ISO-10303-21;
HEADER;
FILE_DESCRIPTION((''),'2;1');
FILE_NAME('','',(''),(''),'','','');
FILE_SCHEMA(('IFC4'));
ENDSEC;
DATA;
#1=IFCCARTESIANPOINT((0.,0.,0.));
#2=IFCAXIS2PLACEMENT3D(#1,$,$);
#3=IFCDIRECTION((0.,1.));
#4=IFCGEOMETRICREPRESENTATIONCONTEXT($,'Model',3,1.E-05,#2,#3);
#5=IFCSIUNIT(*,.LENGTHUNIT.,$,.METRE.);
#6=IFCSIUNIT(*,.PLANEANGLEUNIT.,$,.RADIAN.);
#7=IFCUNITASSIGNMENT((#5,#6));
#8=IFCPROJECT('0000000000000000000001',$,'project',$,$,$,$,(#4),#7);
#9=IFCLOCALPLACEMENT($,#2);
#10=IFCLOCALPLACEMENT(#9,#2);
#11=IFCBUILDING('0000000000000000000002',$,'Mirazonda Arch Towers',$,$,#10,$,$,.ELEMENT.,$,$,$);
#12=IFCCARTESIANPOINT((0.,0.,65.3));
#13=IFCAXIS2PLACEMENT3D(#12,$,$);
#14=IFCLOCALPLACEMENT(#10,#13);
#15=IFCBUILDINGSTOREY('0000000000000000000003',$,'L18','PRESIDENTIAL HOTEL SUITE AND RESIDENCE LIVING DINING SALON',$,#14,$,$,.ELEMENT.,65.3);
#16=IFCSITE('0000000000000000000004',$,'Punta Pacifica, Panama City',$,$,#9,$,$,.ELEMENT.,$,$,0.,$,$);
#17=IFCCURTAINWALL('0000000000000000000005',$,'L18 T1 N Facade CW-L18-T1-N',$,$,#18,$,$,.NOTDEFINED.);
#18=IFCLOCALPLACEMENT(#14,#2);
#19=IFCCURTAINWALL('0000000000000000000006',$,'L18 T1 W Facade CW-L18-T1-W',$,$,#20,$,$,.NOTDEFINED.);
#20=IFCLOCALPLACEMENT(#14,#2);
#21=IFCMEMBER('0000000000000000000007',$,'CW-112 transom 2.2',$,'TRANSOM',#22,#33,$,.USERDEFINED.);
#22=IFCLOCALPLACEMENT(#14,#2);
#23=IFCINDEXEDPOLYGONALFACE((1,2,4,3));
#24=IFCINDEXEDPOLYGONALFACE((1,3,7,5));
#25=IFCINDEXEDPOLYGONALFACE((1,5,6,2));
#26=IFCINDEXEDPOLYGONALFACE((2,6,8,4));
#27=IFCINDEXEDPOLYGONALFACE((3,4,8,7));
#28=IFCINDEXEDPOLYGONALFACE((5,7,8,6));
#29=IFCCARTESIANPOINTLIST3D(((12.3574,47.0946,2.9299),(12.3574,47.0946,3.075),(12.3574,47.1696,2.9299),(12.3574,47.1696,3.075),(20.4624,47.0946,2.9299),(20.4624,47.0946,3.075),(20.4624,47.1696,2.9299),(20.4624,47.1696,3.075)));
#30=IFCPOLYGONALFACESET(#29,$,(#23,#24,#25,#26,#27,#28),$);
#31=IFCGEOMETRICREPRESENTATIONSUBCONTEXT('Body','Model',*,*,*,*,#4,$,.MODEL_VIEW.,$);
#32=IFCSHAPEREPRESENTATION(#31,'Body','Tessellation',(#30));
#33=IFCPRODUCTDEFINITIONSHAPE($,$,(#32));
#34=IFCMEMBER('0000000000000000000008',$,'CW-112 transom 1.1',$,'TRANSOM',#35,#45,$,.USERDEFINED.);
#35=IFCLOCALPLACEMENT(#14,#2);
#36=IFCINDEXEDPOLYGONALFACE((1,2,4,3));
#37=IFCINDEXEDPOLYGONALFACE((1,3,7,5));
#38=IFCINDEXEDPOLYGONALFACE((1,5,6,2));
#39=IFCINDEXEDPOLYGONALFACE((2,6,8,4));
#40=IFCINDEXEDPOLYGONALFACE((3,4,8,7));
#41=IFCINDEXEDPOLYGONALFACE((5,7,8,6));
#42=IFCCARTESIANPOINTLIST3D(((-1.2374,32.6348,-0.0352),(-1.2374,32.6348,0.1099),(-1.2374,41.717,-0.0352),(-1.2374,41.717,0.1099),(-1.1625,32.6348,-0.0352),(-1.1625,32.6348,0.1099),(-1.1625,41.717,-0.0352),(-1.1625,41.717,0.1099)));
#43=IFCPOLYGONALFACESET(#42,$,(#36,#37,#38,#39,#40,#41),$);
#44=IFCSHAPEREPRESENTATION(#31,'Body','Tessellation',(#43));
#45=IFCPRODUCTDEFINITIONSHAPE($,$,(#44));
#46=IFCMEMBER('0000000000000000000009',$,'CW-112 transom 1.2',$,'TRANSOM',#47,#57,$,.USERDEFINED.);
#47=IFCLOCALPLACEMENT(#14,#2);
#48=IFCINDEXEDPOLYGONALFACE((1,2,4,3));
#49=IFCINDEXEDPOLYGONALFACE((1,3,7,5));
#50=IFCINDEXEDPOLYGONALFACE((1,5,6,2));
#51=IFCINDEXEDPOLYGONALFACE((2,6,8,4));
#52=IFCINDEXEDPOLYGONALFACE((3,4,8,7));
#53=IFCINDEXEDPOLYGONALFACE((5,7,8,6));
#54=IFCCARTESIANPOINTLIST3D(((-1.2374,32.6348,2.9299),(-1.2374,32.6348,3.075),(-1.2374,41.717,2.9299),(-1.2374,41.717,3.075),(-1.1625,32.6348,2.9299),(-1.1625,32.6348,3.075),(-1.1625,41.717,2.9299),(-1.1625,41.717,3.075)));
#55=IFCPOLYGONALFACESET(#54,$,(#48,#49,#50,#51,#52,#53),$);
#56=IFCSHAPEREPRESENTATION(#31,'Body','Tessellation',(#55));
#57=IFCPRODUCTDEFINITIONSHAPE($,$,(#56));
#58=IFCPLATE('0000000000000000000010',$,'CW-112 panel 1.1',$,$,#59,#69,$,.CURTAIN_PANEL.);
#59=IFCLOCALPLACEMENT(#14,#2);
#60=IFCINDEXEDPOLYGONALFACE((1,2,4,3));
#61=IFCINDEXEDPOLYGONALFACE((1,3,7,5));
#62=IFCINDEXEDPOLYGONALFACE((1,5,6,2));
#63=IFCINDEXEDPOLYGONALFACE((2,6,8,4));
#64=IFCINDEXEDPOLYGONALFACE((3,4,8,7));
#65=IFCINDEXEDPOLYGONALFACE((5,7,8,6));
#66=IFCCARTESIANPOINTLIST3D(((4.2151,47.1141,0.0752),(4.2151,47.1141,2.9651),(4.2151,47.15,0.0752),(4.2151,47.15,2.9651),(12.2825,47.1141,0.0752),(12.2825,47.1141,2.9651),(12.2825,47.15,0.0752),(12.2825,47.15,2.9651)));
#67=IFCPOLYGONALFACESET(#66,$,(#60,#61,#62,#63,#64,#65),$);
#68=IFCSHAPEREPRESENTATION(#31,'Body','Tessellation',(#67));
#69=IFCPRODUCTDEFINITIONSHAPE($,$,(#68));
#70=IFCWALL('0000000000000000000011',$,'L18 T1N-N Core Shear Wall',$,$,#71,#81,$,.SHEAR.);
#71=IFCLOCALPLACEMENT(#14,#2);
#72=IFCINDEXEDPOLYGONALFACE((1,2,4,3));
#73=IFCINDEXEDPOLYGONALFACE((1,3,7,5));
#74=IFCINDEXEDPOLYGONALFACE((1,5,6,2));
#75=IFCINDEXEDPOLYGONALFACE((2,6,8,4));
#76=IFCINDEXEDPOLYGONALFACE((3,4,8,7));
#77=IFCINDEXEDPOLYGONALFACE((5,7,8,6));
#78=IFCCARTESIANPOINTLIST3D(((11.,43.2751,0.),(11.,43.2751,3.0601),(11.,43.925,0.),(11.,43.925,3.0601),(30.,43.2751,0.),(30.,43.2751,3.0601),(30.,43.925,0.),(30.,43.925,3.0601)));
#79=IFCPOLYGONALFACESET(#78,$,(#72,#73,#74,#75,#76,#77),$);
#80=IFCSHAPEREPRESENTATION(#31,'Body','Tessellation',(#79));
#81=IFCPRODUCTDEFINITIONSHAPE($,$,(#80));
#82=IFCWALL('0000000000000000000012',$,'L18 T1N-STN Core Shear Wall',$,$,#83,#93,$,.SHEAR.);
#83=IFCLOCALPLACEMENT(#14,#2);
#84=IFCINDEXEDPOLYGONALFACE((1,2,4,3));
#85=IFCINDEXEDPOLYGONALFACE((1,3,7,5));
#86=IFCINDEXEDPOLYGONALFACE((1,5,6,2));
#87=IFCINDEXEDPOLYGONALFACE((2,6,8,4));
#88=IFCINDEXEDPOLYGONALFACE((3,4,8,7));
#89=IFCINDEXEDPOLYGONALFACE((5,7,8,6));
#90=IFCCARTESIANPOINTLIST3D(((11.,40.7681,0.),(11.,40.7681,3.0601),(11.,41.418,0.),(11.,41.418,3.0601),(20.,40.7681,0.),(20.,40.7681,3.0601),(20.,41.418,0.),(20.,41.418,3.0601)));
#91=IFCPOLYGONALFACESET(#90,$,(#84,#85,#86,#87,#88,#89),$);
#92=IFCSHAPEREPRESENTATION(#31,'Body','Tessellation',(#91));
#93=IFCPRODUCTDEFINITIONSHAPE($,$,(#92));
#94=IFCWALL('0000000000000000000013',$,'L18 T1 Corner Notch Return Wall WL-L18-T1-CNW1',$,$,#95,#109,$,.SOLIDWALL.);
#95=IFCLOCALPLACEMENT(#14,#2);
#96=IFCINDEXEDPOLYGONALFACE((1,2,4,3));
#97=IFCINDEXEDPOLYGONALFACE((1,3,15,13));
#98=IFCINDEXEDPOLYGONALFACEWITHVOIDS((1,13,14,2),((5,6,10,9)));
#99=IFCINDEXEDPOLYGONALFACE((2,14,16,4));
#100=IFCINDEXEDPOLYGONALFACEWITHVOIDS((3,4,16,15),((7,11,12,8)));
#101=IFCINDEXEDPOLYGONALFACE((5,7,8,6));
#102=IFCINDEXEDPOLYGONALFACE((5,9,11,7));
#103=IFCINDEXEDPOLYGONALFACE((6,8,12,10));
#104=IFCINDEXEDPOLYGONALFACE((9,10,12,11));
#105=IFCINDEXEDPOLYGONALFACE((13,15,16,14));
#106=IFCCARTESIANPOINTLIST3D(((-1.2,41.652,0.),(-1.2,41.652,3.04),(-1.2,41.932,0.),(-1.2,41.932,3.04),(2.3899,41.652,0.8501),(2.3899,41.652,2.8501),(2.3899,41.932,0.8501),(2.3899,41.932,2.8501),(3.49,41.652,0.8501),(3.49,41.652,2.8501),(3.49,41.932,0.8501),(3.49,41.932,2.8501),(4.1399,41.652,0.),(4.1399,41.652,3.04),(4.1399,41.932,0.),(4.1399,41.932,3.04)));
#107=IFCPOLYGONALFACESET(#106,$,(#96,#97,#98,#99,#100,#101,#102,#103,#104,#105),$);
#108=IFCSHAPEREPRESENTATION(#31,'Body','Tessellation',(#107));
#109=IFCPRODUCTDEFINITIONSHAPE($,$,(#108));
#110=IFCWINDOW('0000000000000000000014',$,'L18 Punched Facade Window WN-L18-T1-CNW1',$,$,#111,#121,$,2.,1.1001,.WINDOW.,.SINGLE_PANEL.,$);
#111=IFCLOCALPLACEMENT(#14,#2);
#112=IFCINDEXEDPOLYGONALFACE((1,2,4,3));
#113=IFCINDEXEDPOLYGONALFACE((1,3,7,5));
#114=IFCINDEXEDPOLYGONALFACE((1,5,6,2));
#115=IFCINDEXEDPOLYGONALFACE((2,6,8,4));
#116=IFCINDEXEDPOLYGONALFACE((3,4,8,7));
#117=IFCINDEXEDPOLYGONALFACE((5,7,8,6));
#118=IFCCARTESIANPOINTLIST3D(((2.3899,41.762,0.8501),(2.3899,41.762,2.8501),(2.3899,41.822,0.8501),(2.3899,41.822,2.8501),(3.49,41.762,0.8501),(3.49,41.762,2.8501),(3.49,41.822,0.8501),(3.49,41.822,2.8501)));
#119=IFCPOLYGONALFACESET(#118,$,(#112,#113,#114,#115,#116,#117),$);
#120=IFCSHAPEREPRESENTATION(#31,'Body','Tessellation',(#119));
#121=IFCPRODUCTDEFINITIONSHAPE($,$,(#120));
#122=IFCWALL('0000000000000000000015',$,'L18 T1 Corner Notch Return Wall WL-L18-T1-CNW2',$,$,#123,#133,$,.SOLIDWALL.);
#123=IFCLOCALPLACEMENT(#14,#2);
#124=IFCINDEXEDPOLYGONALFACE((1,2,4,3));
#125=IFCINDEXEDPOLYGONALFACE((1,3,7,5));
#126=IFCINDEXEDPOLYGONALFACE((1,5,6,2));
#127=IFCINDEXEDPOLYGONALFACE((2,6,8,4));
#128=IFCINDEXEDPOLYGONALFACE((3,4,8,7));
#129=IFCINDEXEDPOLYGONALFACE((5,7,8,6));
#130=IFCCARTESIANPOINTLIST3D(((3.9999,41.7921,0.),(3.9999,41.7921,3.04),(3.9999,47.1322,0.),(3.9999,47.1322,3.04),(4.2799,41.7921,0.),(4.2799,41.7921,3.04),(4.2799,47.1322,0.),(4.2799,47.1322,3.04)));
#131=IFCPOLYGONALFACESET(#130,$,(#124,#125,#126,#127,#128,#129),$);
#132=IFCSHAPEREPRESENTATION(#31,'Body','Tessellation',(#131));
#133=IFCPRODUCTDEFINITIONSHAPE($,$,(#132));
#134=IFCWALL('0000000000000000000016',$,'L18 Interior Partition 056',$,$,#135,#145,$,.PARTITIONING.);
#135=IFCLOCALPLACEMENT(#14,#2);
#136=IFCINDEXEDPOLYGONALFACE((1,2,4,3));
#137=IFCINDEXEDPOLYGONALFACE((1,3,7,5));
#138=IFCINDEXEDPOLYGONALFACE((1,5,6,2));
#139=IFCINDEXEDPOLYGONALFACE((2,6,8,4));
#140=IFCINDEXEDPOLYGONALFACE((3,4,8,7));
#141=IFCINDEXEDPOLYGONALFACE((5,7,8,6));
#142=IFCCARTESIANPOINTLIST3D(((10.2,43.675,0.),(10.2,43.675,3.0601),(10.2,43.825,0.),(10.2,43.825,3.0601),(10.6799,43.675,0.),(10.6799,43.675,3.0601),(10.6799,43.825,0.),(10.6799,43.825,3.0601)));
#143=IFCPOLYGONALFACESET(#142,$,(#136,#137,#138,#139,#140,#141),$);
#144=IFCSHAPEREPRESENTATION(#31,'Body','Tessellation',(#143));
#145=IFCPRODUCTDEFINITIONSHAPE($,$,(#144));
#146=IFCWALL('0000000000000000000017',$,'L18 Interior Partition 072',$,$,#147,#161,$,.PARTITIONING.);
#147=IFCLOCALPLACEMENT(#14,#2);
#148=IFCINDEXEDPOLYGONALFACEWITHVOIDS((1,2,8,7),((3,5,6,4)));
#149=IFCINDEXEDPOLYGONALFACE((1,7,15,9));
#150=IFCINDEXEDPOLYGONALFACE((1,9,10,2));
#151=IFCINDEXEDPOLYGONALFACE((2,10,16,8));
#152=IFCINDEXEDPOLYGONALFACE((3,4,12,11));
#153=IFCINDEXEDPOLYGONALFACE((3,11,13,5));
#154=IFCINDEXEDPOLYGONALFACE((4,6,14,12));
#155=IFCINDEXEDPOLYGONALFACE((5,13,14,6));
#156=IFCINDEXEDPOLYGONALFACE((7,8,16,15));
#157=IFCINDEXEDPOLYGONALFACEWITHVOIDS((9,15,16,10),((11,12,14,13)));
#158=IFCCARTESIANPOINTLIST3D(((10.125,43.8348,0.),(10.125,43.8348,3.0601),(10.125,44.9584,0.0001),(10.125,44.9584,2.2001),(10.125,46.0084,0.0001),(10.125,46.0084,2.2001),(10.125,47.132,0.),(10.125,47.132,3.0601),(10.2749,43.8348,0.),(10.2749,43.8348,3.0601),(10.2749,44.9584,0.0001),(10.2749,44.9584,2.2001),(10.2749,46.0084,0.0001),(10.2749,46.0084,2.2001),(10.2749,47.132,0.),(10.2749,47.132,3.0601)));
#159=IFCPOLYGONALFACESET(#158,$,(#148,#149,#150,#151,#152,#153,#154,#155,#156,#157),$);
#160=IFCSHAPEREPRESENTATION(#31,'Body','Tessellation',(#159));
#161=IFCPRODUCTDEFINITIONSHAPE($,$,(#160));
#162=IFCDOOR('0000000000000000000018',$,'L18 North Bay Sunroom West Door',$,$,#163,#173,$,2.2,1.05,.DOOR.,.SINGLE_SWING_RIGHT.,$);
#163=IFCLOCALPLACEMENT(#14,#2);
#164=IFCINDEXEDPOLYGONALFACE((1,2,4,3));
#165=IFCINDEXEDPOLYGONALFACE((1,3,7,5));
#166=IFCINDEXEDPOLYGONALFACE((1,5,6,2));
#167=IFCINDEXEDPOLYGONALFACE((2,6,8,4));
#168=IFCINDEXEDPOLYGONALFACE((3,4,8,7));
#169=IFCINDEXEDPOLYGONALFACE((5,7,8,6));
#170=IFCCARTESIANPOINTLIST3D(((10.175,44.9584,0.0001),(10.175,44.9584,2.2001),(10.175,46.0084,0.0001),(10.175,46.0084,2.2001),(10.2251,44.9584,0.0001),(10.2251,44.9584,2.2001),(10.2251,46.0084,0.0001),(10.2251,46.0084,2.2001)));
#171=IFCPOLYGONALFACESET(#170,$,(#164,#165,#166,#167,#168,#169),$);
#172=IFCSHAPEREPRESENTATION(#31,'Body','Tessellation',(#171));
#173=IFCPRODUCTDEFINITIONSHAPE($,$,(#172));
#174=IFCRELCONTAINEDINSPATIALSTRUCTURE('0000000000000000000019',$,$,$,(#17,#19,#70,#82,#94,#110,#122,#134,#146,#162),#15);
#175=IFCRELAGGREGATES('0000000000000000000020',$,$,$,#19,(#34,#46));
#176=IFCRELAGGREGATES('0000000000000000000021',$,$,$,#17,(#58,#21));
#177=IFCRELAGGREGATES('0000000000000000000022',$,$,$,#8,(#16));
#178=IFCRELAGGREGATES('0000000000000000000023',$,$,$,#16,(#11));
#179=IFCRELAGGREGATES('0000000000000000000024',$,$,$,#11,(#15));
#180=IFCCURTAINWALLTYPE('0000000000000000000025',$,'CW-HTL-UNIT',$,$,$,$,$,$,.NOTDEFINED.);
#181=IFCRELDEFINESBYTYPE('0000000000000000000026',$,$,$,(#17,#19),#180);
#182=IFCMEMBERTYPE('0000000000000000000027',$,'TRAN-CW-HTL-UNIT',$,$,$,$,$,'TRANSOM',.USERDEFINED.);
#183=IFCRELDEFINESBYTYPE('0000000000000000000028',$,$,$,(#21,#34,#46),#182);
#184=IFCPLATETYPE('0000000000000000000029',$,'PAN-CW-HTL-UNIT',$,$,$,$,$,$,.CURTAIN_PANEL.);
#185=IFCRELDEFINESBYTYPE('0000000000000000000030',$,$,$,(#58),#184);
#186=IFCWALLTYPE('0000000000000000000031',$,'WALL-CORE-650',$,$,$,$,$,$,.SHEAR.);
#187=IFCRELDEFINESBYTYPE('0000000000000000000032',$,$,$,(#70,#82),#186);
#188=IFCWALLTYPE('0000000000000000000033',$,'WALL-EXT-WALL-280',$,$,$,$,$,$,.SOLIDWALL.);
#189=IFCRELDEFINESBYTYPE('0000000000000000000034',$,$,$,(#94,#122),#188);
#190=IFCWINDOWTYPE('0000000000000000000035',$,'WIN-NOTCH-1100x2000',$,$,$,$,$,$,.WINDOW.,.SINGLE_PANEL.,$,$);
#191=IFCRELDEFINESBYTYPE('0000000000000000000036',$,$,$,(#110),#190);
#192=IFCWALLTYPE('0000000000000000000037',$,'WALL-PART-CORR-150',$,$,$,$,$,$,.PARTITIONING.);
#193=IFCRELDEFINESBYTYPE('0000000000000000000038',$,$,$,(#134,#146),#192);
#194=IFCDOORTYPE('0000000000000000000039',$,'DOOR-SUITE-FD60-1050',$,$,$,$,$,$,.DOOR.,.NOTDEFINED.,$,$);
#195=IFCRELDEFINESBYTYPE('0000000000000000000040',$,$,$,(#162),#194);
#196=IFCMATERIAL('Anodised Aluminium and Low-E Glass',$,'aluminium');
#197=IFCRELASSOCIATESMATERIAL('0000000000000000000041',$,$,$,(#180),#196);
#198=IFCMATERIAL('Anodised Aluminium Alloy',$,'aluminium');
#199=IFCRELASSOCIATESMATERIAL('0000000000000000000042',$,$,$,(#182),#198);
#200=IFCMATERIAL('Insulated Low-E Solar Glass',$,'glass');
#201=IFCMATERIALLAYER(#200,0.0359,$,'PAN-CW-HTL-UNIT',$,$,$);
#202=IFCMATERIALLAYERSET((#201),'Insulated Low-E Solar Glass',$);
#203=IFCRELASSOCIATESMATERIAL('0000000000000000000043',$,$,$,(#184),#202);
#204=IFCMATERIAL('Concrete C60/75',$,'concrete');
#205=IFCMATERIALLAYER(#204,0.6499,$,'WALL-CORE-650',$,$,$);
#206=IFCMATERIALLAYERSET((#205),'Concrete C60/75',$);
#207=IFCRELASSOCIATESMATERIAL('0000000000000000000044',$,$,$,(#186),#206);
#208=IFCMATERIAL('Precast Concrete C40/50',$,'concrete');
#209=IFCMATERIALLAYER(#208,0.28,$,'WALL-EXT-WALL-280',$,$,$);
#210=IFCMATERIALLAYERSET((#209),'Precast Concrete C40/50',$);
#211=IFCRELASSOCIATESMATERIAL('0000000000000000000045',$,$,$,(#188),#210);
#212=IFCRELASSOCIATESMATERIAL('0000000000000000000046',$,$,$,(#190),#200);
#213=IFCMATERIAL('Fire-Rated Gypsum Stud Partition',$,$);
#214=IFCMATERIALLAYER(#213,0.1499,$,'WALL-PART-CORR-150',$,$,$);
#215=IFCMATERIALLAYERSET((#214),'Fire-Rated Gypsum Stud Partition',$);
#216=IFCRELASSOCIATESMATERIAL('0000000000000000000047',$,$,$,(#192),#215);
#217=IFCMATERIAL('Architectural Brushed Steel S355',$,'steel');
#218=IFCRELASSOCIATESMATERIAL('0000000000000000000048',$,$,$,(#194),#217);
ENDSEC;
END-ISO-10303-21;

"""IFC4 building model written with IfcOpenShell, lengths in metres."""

from ifc_helpers import new_model, si_unit, direction, frame, frame_2d, origin, origin_2d, place, context, subcontext, project, spatial, rectangle, extrude, material, layer, layer_set, material_profile, profile_set, type_object, element, fill, aggregate, save


model = new_model("IFC4")

# Units and contexts
model_context = context("Model", 3, precision=1e-05, world=origin(), true_north=direction((0.0, 1.0)))
body_context = subcontext(model_context, "Body", "Model", "MODEL_VIEW")
ifc_project = project(units=[si_unit("LENGTHUNIT", "METRE"), si_unit("PLANEANGLEUNIT", "RADIAN")], contexts=[model_context])

# Site, building, storey
site_placement = place(None, origin())
site = spatial("IfcSite", under=ifc_project, at=site_placement, Name="Punta Pacifica, Panama City", CompositionType="ELEMENT", RefElevation=0.0)
building_placement = place(site_placement, origin())
building = spatial("IfcBuilding", under=site, at=building_placement, Name="Mirazonda Arch Towers", CompositionType="ELEMENT")
storey_placement = place(building_placement, frame((0.0, 0.0, 65.3)))
storey = spatial("IfcBuildingStorey", under=building, at=storey_placement, Name="L18", Description="PRESIDENTIAL HOTEL SUITE AND RESIDENCE LIVING DINING SALON", CompositionType="ELEMENT", Elevation=65.3)

# Shared definitions
ifc_material_1 = material(Name="Concrete C60/75", Category="concrete")

# Curtain wall
ifc_material_2 = material(Name="Anodised Aluminium and Low-E Glass", Category="aluminium")
curtain_wall_type = type_object("IfcCurtainWallType", Name="CW-HTL-UNIT", PredefinedType="NOTDEFINED", material=ifc_material_2)
curtain_wall_1_placement = place(storey_placement, origin())
curtain_wall_1 = element("IfcCurtainWall", 1, at=curtain_wall_1_placement, inside=storey, type_object=curtain_wall_type, Name="L18 T1 N Facade CW-L18-T1-N", PredefinedType="NOTDEFINED")
ifc_material_3 = material(Name="Anodised Aluminium Alloy", Category="aluminium")

# Curtain wall
curtain_wall_2_placement = place(storey_placement, origin())
curtain_wall_2 = element("IfcCurtainWall", 2, at=curtain_wall_2_placement, inside=storey, type_object=curtain_wall_type, Name="L18 T1 W Facade CW-L18-T1-W", PredefinedType="NOTDEFINED")

# Members
ifc_material_profile_1 = material_profile(ifc_material_3, rectangle(XDim=0.075, YDim=0.145, at=origin_2d()), Name="ALU-TRAN-75x145")
ifc_profile_set_1 = profile_set([ifc_material_profile_1], Name="Anodised Aluminium Alloy")
member_type_1 = type_object("IfcMemberType", Name="TRAN-CW-HTL-UNIT", ElementType="TRANSOM", PredefinedType="USERDEFINED", material=ifc_profile_set_1)
member_1_placement = place(storey_placement, frame((12.3574, 47.1321, 3.0024), z_axis=(1.0, 0.0, 0.0), x_axis=(0.0, 1.0, 0.0)))
member_1 = element("IfcMember", 3, at=member_1_placement, type_object=member_type_1, Name="CW-112 transom 2.2", ObjectType="TRANSOM", PredefinedType="USERDEFINED", context=body_context, shape_type="SweptSolid", body=[
    extrude(rectangle(XDim=0.075, YDim=0.145, at=origin_2d()), origin(), (0.0, 0.0, 1.0), 8.105),
])
member_2_placement = place(storey_placement, frame((-1.2, 41.717, 0.0374), z_axis=(0.0, -1.0, 0.0), x_axis=(1.0, 0.0, 0.0)))
member_2 = element("IfcMember", 4, at=member_2_placement, type_object=member_type_1, Name="CW-112 transom 1.1", ObjectType="TRANSOM", PredefinedType="USERDEFINED", context=body_context, shape_type="SweptSolid", body=[
    extrude(rectangle(XDim=0.075, YDim=0.145, at=origin_2d()), origin(), (0.0, 0.0, 1.0), 9.0823),
])
member_3_placement = place(storey_placement, frame((-1.2, 41.717, 3.0024), z_axis=(0.0, -1.0, 0.0), x_axis=(1.0, 0.0, 0.0)))
member_3 = element("IfcMember", 5, at=member_3_placement, type_object=member_type_1, Name="CW-112 transom 1.2", ObjectType="TRANSOM", PredefinedType="USERDEFINED", context=body_context, shape_type="SweptSolid", body=[
    extrude(rectangle(XDim=0.075, YDim=0.145, at=origin_2d()), origin(), (0.0, 0.0, 1.0), 9.0823),
])
aggregate(curtain_wall_2, [member_2, member_3])

# Plate
ifc_material_4 = material(Name="Insulated Low-E Solar Glass", Category="glass")
ifc_layer_1 = layer(ifc_material_4, 0.0359, Name="PAN-CW-HTL-UNIT")
ifc_layer_set_1 = layer_set([ifc_layer_1], Name="Insulated Low-E Solar Glass")
plate_type = type_object("IfcPlateType", Name="PAN-CW-HTL-UNIT", PredefinedType="CURTAIN_PANEL", material=ifc_layer_set_1)
plate_placement = place(storey_placement, frame((8.2488, 47.1321, 0.0752), z_axis=(0.0, 0.0, 1.0), x_axis=(1.0, 0.0, 0.0)))
plate = element("IfcPlate", 6, at=plate_placement, type_object=plate_type, Name="CW-112 panel 1.1", PredefinedType="CURTAIN_PANEL", context=body_context, shape_type="SweptSolid", body=[
    extrude(rectangle(XDim=8.0674, YDim=0.0359, at=origin_2d()), origin(), (0.0, 0.0, 1.0), 2.8899),
])
aggregate(curtain_wall_1, [plate, member_1])

# Walls
ifc_layer_2 = layer(ifc_material_1, 0.6499, Name="WALL-CORE-650")
ifc_layer_set_2 = layer_set([ifc_layer_2], Name="Concrete C60/75")
wall_type_1 = type_object("IfcWallType", Name="WALL-CORE-650", PredefinedType="SHEAR", material=ifc_layer_set_2)
wall_1_placement = place(storey_placement, frame((11.0, 43.6001, 0.0), z_axis=(0.0, 0.0, 1.0), x_axis=(1.0, 0.0, 0.0)))
element("IfcWall", 7, at=wall_1_placement, inside=storey, type_object=wall_type_1, Name="L18 T1N-N Core Shear Wall", PredefinedType="SHEAR", context=body_context, shape_type="SweptSolid", body=[
    extrude(rectangle(XDim=19.0, YDim=0.6499, at=frame_2d((9.5, 0.0))), origin(), (0.0, 0.0, 1.0), 3.0601),
])
wall_2_placement = place(storey_placement, frame((11.0, 41.093, 0.0), z_axis=(0.0, 0.0, 1.0), x_axis=(1.0, 0.0, 0.0)))
element("IfcWall", 8, at=wall_2_placement, inside=storey, type_object=wall_type_1, Name="L18 T1N-STN Core Shear Wall", PredefinedType="SHEAR", context=body_context, shape_type="SweptSolid", body=[
    extrude(rectangle(XDim=9.0, YDim=0.6499, at=frame_2d((4.5, 0.0))), origin(), (0.0, 0.0, 1.0), 3.0601),
])

# Wall, opening, window
ifc_material_5 = material(Name="Precast Concrete C40/50", Category="concrete")
ifc_layer_3 = layer(ifc_material_5, 0.28, Name="WALL-EXT-WALL-280")
ifc_layer_set_3 = layer_set([ifc_layer_3], Name="Precast Concrete C40/50")
wall_type_2 = type_object("IfcWallType", Name="WALL-EXT-WALL-280", PredefinedType="SOLIDWALL", material=ifc_layer_set_3)
wall_3_placement = place(storey_placement, frame((4.1399, 41.792, 0.0), z_axis=(0.0, 0.0, 1.0), x_axis=(-1.0, 0.0, 0.0)))
wall_3 = element("IfcWall", 9, at=wall_3_placement, inside=storey, type_object=wall_type_2, Name="L18 T1 Corner Notch Return Wall WL-L18-T1-CNW1", PredefinedType="SOLIDWALL", context=body_context, shape_type="SweptSolid", body=[
    extrude(rectangle(XDim=5.3398, YDim=0.28, at=frame_2d((2.6699, 0.0))), origin(), (0.0, 0.0, 1.0), 3.04),
])
opening_1_placement = place(wall_3_placement, frame((0.6499, 0.0, 0.8501)))
opening_1 = element("IfcOpeningElement", 10, at=opening_1_placement, cuts=wall_3, PredefinedType="OPENING", context=body_context, shape_type="SweptSolid", body=[
    extrude(rectangle(XDim=1.1001, YDim=2.0, at=frame_2d((0.55, 1.0))), frame((0.0, 0.1499, 0.0), z_axis=(0.0, -1.0, 0.0), x_axis=(1.0, 0.0, 0.0)), (0.0, 0.0, 1.0), 0.3),
])
window_type = type_object("IfcWindowType", Name="WIN-NOTCH-1100x2000", PartitioningType="SINGLE_PANEL", PredefinedType="WINDOW", material=ifc_material_4)
window_placement = place(opening_1_placement, origin())
window = element("IfcWindow", 11, at=window_placement, inside=storey, type_object=window_type, Name="L18 Punched Facade Window WN-L18-T1-CNW1", OverallHeight=2.0, OverallWidth=1.1001, PartitioningType="SINGLE_PANEL", PredefinedType="WINDOW", context=body_context, shape_type="SweptSolid", body=[
    extrude(rectangle(XDim=1.1001, YDim=2.0, at=frame_2d((0.55, 1.0))), frame((0.0, 0.03, 0.0), z_axis=(0.0, -1.0, 0.0), x_axis=(1.0, 0.0, 0.0)), (0.0, 0.0, 1.0), 0.0601),
])
fill(opening_1, window)

# Walls
wall_4_placement = place(storey_placement, frame((4.1399, 47.1321, 0.0), z_axis=(0.0, 0.0, 1.0), x_axis=(0.0, -1.0, 0.0)))
element("IfcWall", 12, at=wall_4_placement, inside=storey, type_object=wall_type_2, Name="L18 T1 Corner Notch Return Wall WL-L18-T1-CNW2", PredefinedType="SOLIDWALL", context=body_context, shape_type="SweptSolid", body=[
    extrude(rectangle(XDim=5.3401, YDim=0.28, at=frame_2d((2.6699, 0.0))), origin(), (0.0, 0.0, 1.0), 3.04),
])
ifc_material_6 = material(Name="Fire-Rated Gypsum Stud Partition")
ifc_layer_4 = layer(ifc_material_6, 0.1499, Name="WALL-PART-CORR-150")
ifc_layer_set_4 = layer_set([ifc_layer_4], Name="Fire-Rated Gypsum Stud Partition")
wall_type_3 = type_object("IfcWallType", Name="WALL-PART-CORR-150", PredefinedType="PARTITIONING", material=ifc_layer_set_4)
wall_5_placement = place(storey_placement, frame((10.2, 43.75, 0.0), z_axis=(0.0, 0.0, 1.0), x_axis=(1.0, 0.0, 0.0)))
element("IfcWall", 13, at=wall_5_placement, inside=storey, type_object=wall_type_3, Name="L18 Interior Partition 056", PredefinedType="PARTITIONING", context=body_context, shape_type="SweptSolid", body=[
    extrude(rectangle(XDim=0.48, YDim=0.1499, at=frame_2d((0.24, 0.0))), origin(), (0.0, 0.0, 1.0), 3.0601),
])

# Wall, opening, door
wall_6_placement = place(storey_placement, frame((10.2, 43.835, 0.0), z_axis=(0.0, 0.0, 1.0), x_axis=(0.0, 1.0, 0.0)))
wall_6 = element("IfcWall", 14, at=wall_6_placement, inside=storey, type_object=wall_type_3, Name="L18 Interior Partition 072", PredefinedType="PARTITIONING", context=body_context, shape_type="SweptSolid", body=[
    extrude(rectangle(XDim=3.2971, YDim=0.1499, at=frame_2d((1.6484, 0.0))), origin(), (0.0, 0.0, 1.0), 3.0601),
])
opening_2_placement = place(wall_6_placement, frame((1.1235, 0.0, 0.0)))
opening_2 = element("IfcOpeningElement", 15, at=opening_2_placement, cuts=wall_6, PredefinedType="OPENING", context=body_context, shape_type="SweptSolid", body=[
    extrude(rectangle(XDim=1.05, YDim=2.2, at=frame_2d((0.5249, 1.1001))), frame((0.0, 0.085, 0.0), z_axis=(0.0, -1.0, 0.0), x_axis=(1.0, 0.0, 0.0)), (0.0, 0.0, 1.0), 0.1699),
])
ifc_material_7 = material(Name="Architectural Brushed Steel S355", Category="steel")
door_type_1 = type_object("IfcDoorType", Name="DOOR-SUITE-FD60-1050", OperationType="NOTDEFINED", PredefinedType="DOOR", material=ifc_material_7)
door_1_placement = place(opening_2_placement, origin())
door_1 = element("IfcDoor", 16, at=door_1_placement, inside=storey, type_object=door_type_1, Name="L18 North Bay Sunroom West Door", OperationType="SINGLE_SWING_RIGHT", OverallHeight=2.2, OverallWidth=1.05, PredefinedType="DOOR", context=body_context, shape_type="SweptSolid", body=[
    extrude(rectangle(XDim=1.05, YDim=2.2, at=frame_2d((0.5249, 1.1001))), frame((0.0, 0.0249, 0.0), z_axis=(0.0, -1.0, 0.0), x_axis=(1.0, 0.0, 0.0)), (0.0, 0.0, 1.0), 0.05),
])
fill(opening_2, door_1)

save(model, "model.ifc")
